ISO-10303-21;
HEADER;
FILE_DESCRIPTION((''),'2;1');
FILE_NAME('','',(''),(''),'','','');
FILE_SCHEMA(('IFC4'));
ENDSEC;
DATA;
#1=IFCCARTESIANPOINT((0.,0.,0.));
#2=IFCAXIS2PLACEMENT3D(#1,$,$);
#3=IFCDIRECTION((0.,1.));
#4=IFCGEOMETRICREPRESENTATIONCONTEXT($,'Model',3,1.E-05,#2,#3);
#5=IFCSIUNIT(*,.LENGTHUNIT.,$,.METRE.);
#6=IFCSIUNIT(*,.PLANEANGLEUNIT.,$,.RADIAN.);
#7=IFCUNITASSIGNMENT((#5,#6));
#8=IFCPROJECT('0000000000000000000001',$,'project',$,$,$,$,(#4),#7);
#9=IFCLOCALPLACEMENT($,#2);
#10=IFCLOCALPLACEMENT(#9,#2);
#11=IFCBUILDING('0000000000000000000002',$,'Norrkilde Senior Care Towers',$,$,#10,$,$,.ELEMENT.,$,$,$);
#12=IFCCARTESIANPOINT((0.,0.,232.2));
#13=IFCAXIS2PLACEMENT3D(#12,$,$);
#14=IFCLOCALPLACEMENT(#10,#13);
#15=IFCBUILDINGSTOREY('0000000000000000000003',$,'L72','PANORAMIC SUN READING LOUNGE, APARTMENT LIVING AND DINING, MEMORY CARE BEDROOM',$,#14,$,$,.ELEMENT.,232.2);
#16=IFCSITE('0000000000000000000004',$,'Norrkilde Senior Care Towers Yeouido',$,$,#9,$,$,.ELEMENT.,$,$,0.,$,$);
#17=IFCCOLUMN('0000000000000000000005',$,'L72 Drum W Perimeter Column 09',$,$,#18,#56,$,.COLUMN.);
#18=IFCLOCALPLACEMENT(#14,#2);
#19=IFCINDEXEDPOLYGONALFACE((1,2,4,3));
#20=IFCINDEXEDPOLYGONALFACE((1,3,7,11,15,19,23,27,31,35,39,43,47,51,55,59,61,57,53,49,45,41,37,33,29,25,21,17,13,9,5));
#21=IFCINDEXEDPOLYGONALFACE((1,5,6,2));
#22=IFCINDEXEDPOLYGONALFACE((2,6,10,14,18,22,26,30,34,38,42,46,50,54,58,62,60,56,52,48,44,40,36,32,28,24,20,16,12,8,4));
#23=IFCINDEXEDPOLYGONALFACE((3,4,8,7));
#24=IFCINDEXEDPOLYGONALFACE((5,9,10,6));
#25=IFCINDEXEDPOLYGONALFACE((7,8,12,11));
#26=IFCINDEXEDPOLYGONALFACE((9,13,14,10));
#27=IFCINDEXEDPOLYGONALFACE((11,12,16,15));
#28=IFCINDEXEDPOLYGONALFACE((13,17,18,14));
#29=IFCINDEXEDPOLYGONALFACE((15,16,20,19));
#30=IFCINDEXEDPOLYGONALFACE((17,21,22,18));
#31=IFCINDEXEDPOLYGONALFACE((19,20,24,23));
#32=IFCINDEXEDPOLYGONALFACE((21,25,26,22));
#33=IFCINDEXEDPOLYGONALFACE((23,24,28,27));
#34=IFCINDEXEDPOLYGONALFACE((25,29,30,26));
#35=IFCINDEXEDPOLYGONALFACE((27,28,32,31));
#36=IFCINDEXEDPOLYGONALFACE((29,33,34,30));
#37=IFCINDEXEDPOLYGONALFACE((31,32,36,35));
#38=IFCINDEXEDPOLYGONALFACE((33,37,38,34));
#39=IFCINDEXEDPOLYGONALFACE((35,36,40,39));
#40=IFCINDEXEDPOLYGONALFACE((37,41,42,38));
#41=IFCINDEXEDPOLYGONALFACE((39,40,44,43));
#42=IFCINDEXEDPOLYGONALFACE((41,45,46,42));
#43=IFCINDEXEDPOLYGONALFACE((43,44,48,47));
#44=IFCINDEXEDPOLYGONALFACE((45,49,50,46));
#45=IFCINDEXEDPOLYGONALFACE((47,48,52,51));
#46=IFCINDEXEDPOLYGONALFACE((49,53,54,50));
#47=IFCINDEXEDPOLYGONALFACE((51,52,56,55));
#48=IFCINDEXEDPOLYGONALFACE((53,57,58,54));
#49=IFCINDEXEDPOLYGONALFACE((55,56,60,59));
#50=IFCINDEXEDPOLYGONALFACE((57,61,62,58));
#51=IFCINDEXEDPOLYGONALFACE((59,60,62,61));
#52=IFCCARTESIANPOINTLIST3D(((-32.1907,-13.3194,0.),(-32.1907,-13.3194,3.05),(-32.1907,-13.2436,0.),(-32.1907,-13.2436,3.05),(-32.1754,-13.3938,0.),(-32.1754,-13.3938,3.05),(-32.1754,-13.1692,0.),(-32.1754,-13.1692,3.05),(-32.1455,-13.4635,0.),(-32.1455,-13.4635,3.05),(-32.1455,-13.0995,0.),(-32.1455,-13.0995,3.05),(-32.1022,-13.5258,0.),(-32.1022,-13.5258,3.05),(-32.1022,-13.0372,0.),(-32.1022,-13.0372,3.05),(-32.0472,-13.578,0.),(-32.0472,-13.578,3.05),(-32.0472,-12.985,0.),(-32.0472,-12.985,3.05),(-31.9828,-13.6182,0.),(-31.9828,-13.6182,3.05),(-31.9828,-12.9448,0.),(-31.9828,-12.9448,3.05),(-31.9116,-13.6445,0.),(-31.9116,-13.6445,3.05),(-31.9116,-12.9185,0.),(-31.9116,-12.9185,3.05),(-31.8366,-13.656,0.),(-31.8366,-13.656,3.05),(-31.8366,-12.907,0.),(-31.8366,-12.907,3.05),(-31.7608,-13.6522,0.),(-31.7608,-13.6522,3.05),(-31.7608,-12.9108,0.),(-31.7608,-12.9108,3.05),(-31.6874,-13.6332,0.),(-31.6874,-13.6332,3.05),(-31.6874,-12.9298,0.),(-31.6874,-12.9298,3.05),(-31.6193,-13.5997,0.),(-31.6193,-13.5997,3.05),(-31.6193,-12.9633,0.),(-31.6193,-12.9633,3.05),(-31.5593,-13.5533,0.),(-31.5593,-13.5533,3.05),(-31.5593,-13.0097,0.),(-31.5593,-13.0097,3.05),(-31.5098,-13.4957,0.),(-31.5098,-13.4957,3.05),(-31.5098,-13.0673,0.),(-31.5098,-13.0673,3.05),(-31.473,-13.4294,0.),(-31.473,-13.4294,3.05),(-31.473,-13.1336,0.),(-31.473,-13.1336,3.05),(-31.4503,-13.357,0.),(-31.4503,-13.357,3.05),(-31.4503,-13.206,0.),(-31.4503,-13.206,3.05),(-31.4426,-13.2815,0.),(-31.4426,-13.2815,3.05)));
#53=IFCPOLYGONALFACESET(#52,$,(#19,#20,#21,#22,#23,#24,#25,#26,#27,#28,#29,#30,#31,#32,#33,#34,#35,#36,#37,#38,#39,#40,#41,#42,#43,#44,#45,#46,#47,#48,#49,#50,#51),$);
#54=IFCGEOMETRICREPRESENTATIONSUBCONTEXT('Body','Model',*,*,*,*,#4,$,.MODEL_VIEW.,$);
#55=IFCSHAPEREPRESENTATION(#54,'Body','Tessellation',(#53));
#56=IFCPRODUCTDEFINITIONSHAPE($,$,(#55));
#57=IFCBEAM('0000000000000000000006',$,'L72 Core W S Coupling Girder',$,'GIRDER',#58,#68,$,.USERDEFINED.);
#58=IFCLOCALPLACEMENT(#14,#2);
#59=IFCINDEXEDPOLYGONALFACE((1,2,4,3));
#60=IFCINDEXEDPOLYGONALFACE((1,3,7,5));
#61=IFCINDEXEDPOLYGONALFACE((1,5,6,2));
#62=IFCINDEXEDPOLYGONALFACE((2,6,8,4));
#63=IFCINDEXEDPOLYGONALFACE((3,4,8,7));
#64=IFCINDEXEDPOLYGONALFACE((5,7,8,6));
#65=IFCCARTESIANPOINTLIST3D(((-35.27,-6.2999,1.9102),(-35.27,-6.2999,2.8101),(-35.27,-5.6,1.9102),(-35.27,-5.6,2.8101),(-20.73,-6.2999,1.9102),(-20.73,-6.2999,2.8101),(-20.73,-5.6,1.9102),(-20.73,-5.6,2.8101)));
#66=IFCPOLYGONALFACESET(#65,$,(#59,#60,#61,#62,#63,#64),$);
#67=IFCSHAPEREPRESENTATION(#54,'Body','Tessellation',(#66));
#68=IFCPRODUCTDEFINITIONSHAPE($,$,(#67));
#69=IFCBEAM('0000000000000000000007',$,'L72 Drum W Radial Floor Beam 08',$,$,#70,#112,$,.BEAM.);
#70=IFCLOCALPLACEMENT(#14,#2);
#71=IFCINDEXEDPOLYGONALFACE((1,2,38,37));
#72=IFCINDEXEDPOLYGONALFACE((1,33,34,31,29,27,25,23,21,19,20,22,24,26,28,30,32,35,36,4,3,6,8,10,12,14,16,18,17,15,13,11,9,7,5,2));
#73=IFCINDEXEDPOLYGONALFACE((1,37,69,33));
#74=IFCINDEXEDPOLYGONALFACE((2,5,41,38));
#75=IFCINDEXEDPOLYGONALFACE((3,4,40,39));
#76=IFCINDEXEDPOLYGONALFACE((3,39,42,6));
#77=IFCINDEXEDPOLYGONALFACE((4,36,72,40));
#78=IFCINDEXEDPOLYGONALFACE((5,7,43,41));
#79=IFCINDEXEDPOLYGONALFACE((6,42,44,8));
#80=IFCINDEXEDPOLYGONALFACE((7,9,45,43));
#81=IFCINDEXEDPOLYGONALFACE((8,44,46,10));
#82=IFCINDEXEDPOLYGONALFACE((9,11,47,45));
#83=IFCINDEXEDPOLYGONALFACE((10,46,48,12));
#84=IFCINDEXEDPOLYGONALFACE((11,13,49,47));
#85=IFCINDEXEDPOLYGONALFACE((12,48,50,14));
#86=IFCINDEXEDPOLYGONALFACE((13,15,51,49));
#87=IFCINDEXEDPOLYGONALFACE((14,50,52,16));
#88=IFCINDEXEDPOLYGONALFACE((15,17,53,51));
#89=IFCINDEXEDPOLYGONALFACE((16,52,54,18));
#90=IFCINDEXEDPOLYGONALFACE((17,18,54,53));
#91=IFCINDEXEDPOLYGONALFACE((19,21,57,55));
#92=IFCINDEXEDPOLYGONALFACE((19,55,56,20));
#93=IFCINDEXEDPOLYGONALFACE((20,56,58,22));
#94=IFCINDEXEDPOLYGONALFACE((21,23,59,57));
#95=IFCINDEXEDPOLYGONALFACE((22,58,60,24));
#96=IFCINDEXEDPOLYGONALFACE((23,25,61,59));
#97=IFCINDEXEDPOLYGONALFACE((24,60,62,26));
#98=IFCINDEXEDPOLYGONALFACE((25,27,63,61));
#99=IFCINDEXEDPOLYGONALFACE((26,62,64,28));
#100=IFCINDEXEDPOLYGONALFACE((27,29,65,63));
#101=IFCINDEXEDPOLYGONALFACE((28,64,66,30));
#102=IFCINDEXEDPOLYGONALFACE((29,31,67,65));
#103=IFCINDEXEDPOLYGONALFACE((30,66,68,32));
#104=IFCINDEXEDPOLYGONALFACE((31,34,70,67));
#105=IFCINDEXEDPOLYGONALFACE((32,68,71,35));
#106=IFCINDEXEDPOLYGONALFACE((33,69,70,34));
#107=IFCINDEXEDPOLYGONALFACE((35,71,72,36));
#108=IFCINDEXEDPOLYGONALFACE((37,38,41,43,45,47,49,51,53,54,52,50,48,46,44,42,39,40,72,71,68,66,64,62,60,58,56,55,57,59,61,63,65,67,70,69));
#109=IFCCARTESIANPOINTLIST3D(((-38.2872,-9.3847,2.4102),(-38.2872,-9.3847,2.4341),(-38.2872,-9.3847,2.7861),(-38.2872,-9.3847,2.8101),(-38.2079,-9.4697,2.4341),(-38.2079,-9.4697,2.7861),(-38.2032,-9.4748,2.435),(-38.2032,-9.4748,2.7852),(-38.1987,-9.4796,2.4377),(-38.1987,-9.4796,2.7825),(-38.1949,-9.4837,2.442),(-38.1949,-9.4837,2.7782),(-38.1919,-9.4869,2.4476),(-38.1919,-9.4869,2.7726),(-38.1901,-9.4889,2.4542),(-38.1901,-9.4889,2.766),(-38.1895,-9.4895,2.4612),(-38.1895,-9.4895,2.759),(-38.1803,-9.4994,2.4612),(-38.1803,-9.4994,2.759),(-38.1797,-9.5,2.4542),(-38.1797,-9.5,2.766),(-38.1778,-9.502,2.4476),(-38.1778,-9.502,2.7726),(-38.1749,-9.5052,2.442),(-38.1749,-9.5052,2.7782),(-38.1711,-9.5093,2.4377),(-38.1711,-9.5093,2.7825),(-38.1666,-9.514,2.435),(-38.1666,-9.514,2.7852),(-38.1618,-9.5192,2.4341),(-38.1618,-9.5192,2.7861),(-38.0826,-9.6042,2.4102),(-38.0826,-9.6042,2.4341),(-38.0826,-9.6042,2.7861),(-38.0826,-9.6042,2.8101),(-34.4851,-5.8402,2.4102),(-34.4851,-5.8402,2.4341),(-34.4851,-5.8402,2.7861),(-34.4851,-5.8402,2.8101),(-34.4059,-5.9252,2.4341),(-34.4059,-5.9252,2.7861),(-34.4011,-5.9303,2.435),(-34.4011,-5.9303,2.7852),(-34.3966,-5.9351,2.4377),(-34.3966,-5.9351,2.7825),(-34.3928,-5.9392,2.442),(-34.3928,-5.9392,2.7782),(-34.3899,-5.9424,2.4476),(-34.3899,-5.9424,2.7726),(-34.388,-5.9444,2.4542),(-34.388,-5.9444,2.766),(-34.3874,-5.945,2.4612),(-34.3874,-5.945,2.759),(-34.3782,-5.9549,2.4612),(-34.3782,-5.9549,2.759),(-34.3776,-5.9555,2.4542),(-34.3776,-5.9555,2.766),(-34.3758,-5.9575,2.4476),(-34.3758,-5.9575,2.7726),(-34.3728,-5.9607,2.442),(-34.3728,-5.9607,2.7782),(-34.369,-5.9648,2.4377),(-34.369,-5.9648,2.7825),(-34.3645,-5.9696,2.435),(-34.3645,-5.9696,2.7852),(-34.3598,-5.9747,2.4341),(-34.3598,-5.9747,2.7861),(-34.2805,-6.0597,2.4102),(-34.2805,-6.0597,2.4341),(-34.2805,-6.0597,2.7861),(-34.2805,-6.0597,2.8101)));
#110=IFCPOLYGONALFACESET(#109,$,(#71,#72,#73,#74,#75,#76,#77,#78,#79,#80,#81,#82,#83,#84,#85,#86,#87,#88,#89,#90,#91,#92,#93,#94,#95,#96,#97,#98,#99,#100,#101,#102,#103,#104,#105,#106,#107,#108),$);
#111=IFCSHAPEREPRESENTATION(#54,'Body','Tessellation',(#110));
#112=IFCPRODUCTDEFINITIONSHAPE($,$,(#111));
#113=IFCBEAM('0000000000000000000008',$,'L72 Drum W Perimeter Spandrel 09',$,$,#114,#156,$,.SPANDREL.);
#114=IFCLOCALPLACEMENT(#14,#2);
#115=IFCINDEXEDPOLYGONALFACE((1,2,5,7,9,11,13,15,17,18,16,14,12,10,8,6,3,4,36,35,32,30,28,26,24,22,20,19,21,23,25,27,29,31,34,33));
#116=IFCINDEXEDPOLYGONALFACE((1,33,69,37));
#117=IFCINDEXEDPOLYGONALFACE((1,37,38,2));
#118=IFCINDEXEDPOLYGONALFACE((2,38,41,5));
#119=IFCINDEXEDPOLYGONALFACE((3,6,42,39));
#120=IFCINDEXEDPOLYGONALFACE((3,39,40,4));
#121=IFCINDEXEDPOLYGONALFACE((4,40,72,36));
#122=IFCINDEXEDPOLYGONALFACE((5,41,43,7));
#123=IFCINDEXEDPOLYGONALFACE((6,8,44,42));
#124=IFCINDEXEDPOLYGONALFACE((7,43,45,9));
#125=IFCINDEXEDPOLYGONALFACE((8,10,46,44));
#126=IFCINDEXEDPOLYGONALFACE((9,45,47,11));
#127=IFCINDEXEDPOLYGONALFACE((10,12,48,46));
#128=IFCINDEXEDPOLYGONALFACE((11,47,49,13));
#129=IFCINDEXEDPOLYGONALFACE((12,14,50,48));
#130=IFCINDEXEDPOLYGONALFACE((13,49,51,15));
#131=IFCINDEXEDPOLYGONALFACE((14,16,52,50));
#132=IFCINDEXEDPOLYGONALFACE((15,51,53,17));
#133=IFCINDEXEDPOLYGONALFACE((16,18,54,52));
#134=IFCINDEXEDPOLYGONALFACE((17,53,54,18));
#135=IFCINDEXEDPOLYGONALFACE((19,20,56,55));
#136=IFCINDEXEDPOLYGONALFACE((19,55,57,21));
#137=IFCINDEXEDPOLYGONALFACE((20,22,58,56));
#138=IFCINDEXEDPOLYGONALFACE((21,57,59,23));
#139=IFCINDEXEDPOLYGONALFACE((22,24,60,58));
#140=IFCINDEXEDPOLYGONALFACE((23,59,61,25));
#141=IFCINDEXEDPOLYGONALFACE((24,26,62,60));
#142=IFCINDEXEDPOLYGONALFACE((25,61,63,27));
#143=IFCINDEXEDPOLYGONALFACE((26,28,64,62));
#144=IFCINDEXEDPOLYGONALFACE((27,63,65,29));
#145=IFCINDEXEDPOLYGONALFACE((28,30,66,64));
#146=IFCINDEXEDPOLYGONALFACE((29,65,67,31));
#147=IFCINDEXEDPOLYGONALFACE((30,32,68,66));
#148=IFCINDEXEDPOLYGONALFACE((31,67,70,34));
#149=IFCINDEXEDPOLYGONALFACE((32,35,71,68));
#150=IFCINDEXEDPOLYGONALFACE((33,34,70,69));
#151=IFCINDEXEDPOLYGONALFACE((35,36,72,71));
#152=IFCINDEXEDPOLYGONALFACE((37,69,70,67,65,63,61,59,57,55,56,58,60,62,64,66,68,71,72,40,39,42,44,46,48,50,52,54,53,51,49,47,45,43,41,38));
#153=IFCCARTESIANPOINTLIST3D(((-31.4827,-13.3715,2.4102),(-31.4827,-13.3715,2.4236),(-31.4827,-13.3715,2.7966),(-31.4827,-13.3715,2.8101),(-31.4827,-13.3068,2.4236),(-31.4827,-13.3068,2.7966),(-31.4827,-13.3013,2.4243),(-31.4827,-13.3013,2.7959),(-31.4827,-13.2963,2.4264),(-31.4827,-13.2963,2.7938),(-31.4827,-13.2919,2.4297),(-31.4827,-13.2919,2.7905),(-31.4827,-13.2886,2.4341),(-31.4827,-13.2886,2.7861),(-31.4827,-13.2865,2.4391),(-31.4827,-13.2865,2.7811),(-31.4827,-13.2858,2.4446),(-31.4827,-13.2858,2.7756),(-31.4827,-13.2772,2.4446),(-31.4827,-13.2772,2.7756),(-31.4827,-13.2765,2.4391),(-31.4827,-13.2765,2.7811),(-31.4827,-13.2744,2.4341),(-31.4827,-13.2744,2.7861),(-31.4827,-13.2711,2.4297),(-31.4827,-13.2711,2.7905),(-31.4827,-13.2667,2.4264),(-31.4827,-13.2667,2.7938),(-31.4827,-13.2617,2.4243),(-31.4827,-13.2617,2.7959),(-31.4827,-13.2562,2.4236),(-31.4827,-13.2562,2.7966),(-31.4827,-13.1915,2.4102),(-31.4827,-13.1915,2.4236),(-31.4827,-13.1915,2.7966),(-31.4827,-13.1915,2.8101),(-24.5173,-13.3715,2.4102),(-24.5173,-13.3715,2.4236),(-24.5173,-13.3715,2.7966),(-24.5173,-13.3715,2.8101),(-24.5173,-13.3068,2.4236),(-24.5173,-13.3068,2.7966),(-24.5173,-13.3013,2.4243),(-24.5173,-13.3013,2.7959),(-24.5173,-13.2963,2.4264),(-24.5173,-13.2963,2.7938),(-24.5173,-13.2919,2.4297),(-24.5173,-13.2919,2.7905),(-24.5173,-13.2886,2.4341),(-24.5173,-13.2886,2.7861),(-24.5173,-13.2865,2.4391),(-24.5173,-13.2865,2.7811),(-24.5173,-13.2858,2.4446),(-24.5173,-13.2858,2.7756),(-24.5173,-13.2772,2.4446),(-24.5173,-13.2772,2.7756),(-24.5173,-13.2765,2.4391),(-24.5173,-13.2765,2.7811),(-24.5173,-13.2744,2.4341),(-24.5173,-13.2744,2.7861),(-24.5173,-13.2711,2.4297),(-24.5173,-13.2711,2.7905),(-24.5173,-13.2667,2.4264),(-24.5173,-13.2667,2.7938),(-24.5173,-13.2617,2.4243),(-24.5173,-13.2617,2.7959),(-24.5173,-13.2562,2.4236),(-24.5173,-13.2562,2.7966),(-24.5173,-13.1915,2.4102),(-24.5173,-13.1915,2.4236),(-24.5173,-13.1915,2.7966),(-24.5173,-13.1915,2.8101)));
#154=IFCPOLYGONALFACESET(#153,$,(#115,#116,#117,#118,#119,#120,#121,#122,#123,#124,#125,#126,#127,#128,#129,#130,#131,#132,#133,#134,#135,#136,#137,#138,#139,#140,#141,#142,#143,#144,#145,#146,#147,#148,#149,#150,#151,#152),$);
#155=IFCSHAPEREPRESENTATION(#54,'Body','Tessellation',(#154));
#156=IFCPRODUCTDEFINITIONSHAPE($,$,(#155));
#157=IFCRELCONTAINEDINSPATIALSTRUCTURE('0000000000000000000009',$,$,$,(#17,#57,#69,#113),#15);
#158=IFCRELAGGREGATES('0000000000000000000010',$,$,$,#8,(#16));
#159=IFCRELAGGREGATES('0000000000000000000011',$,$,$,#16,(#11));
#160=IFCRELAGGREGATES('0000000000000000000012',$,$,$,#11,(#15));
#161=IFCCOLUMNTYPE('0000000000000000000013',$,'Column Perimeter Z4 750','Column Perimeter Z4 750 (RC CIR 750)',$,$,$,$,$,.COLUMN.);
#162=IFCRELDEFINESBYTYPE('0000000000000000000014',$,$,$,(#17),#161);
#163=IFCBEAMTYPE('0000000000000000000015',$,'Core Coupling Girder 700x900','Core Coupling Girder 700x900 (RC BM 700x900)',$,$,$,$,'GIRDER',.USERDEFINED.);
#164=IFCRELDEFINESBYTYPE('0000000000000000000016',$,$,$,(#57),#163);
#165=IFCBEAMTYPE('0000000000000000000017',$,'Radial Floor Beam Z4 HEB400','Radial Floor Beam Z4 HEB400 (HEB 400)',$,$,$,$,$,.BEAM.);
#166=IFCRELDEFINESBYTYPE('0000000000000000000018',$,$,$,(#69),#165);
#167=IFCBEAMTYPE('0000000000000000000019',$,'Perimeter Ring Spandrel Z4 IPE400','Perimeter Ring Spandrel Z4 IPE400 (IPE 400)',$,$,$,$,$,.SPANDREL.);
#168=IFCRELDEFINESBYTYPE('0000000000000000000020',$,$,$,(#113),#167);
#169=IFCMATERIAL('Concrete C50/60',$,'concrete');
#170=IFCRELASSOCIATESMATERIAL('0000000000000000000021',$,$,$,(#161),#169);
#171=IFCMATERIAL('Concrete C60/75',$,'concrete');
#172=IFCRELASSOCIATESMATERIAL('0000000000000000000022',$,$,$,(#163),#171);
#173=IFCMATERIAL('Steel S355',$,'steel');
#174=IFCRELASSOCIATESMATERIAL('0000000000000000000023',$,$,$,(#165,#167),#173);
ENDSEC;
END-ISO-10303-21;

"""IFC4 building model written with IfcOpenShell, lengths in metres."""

from ifc_helpers import new_model, si_unit, direction, frame, origin, origin_2d, place, context, subcontext, project, spatial, rectangle, circle, i_section, extrude, source, transform, mapped, material, material_profile, profile_set, type_object, type_shapes, element, save


model = new_model("IFC4")

# Units and contexts
model_context = context("Model", 3, precision=1e-05, world=origin(), true_north=direction((0.0, 1.0)))
body_context = subcontext(model_context, "Body", "Model", "MODEL_VIEW")
ifc_project = project(units=[si_unit("LENGTHUNIT", "METRE"), si_unit("PLANEANGLEUNIT", "RADIAN")], contexts=[model_context])

# Site, building, storey
site_placement = place(None, origin())
site = spatial("IfcSite", under=ifc_project, at=site_placement, Name="Norrkilde Senior Care Towers Yeouido", CompositionType="ELEMENT", RefElevation=0.0)
building_placement = place(site_placement, origin())
building = spatial("IfcBuilding", under=site, at=building_placement, Name="Norrkilde Senior Care Towers", CompositionType="ELEMENT")
storey_placement = place(building_placement, frame((0.0, 0.0, 232.2)))
storey = spatial("IfcBuildingStorey", under=building, at=storey_placement, Name="L72", Description="PANORAMIC SUN READING LOUNGE, APARTMENT LIVING AND DINING, MEMORY CARE BEDROOM", CompositionType="ELEMENT", Elevation=232.2)

# Column
ifc_material_1 = material(Name="Concrete C50/60", Category="concrete")
ifc_material_profile_1 = material_profile(ifc_material_1, circle(Radius=0.375, at=origin_2d()), Name="RC CIR 750")
ifc_profile_set_1 = profile_set([ifc_material_profile_1], Name="Concrete C50/60")
column_type = type_object("IfcColumnType", Name="Column Perimeter Z4 750", Description="Column Perimeter Z4 750 (RC CIR 750)", PredefinedType="COLUMN", material=ifc_profile_set_1)
shared_shape_1 = source(origin(), body_context, "Body", "SweptSolid", [
    extrude(circle(Radius=0.375, at=origin_2d()), origin(), (0.0, 0.0, 1.0), 3.05),
])
type_shapes(column_type, [shared_shape_1])
column_placement = place(storey_placement, frame((-31.8176, -13.2815, 0.0), z_axis=(0.0, 0.0, 1.0), x_axis=(1.0, 0.0, 0.0)))
element("IfcColumn", 1, at=column_placement, inside=storey, type_object=column_type, Name="L72 Drum W Perimeter Column 09", PredefinedType="COLUMN", context=body_context, shape_type="MappedRepresentation", body=[
    mapped(shared_shape_1, transform((0.0, 0.0, 0.0), x_axis=(1.0, 0.0, 0.0), y_axis=(0.0, 1.0, 0.0), z_axis=(0.0, 0.0, 1.0), scale=1.0)),
])

# Beams
ifc_material_2 = material(Name="Concrete C60/75", Category="concrete")
ifc_material_profile_2 = material_profile(ifc_material_2, rectangle(XDim=0.7, YDim=0.8999, at=origin_2d()), Name="RC BM 700x900")
ifc_profile_set_2 = profile_set([ifc_material_profile_2], Name="Concrete C60/75")
beam_type_1 = type_object("IfcBeamType", Name="Core Coupling Girder 700x900", Description="Core Coupling Girder 700x900 (RC BM 700x900)", ElementType="GIRDER", PredefinedType="USERDEFINED", material=ifc_profile_set_2)
shared_shape_2 = source(origin(), body_context, "Body", "SweptSolid", [
    extrude(rectangle(XDim=0.7, YDim=0.8999, at=origin_2d()), origin(), (0.0, 0.0, 1.0), 14.54),
])
type_shapes(beam_type_1, [shared_shape_2])
beam_1_placement = place(storey_placement, frame((-35.27, -5.95, 2.3601), z_axis=(1.0, 0.0, 0.0), x_axis=(0.0, 1.0, 0.0)))
element("IfcBeam", 2, at=beam_1_placement, inside=storey, type_object=beam_type_1, Name="L72 Core W S Coupling Girder", ObjectType="GIRDER", PredefinedType="USERDEFINED", context=body_context, shape_type="MappedRepresentation", body=[
    mapped(shared_shape_2, transform((0.0, 0.0, 0.0), x_axis=(1.0, 0.0, 0.0), y_axis=(0.0, 1.0, 0.0), z_axis=(0.0, 0.0, 1.0), scale=1.0)),
])
ifc_material_3 = material(Name="Steel S355", Category="steel")
ifc_material_profile_3 = material_profile(ifc_material_3, i_section(OverallWidth=0.3, OverallDepth=0.3999, WebThickness=0.0134, FlangeThickness=0.0239, FilletRadius=0.0271, at=origin_2d()), Name="HEB 400")
ifc_profile_set_3 = profile_set([ifc_material_profile_3], Name="Steel S355")
beam_type_2 = type_object("IfcBeamType", Name="Radial Floor Beam Z4 HEB400", Description="Radial Floor Beam Z4 HEB400 (HEB 400)", PredefinedType="BEAM", material=ifc_profile_set_3)
shared_shape_3 = source(origin(), body_context, "Body", "SweptSolid", [
    extrude(i_section(OverallWidth=0.3, OverallDepth=0.3999, WebThickness=0.0134, FlangeThickness=0.0239, FilletRadius=0.0271, at=origin_2d()), origin(), (0.0, 0.0, 1.0), 5.198),
])
beam_2_placement = place(storey_placement, frame((-34.3828, -5.95, 2.6101), z_axis=(-0.731449, -0.681896, 0.0), x_axis=(0.681896, -0.731449, 0.0)))
element("IfcBeam", 3, at=beam_2_placement, inside=storey, type_object=beam_type_2, Name="L72 Drum W Radial Floor Beam 08", PredefinedType="BEAM", context=body_context, shape_type="MappedRepresentation", body=[
    mapped(shared_shape_3, transform((0.0, 0.0, 0.0), x_axis=(1.0, 0.0, 0.0), y_axis=(0.0, 1.0, 0.0), z_axis=(0.0, 0.0, 1.0), scale=1.0)),
])
ifc_material_profile_4 = material_profile(ifc_material_3, i_section(OverallWidth=0.1799, OverallDepth=0.3999, WebThickness=0.0085, FlangeThickness=0.0134, FilletRadius=0.021, at=origin_2d()), Name="IPE 400")
ifc_profile_set_4 = profile_set([ifc_material_profile_4], Name="Steel S355")
beam_type_3 = type_object("IfcBeamType", Name="Perimeter Ring Spandrel Z4 IPE400", Description="Perimeter Ring Spandrel Z4 IPE400 (IPE 400)", PredefinedType="SPANDREL", material=ifc_profile_set_4)
shared_shape_4 = source(origin(), body_context, "Body", "SweptSolid", [
    extrude(i_section(OverallWidth=0.1799, OverallDepth=0.3999, WebThickness=0.0085, FlangeThickness=0.0134, FilletRadius=0.021, at=origin_2d()), origin(), (0.0, 0.0, 1.0), 6.9653),
])
type_shapes(beam_type_3, [shared_shape_4])
beam_3_placement = place(storey_placement, frame((-31.4827, -13.2815, 2.6101), z_axis=(1.0, 0.0, 0.0), x_axis=(0.0, 1.0, 0.0)))
element("IfcBeam", 4, at=beam_3_placement, inside=storey, type_object=beam_type_3, Name="L72 Drum W Perimeter Spandrel 09", PredefinedType="SPANDREL", context=body_context, shape_type="MappedRepresentation", body=[
    mapped(shared_shape_4, transform((0.0, 0.0, 0.0), x_axis=(1.0, 0.0, 0.0), y_axis=(0.0, 1.0, 0.0), z_axis=(0.0, 0.0, 1.0), scale=1.0)),
])

save(model, "model.ifc")
